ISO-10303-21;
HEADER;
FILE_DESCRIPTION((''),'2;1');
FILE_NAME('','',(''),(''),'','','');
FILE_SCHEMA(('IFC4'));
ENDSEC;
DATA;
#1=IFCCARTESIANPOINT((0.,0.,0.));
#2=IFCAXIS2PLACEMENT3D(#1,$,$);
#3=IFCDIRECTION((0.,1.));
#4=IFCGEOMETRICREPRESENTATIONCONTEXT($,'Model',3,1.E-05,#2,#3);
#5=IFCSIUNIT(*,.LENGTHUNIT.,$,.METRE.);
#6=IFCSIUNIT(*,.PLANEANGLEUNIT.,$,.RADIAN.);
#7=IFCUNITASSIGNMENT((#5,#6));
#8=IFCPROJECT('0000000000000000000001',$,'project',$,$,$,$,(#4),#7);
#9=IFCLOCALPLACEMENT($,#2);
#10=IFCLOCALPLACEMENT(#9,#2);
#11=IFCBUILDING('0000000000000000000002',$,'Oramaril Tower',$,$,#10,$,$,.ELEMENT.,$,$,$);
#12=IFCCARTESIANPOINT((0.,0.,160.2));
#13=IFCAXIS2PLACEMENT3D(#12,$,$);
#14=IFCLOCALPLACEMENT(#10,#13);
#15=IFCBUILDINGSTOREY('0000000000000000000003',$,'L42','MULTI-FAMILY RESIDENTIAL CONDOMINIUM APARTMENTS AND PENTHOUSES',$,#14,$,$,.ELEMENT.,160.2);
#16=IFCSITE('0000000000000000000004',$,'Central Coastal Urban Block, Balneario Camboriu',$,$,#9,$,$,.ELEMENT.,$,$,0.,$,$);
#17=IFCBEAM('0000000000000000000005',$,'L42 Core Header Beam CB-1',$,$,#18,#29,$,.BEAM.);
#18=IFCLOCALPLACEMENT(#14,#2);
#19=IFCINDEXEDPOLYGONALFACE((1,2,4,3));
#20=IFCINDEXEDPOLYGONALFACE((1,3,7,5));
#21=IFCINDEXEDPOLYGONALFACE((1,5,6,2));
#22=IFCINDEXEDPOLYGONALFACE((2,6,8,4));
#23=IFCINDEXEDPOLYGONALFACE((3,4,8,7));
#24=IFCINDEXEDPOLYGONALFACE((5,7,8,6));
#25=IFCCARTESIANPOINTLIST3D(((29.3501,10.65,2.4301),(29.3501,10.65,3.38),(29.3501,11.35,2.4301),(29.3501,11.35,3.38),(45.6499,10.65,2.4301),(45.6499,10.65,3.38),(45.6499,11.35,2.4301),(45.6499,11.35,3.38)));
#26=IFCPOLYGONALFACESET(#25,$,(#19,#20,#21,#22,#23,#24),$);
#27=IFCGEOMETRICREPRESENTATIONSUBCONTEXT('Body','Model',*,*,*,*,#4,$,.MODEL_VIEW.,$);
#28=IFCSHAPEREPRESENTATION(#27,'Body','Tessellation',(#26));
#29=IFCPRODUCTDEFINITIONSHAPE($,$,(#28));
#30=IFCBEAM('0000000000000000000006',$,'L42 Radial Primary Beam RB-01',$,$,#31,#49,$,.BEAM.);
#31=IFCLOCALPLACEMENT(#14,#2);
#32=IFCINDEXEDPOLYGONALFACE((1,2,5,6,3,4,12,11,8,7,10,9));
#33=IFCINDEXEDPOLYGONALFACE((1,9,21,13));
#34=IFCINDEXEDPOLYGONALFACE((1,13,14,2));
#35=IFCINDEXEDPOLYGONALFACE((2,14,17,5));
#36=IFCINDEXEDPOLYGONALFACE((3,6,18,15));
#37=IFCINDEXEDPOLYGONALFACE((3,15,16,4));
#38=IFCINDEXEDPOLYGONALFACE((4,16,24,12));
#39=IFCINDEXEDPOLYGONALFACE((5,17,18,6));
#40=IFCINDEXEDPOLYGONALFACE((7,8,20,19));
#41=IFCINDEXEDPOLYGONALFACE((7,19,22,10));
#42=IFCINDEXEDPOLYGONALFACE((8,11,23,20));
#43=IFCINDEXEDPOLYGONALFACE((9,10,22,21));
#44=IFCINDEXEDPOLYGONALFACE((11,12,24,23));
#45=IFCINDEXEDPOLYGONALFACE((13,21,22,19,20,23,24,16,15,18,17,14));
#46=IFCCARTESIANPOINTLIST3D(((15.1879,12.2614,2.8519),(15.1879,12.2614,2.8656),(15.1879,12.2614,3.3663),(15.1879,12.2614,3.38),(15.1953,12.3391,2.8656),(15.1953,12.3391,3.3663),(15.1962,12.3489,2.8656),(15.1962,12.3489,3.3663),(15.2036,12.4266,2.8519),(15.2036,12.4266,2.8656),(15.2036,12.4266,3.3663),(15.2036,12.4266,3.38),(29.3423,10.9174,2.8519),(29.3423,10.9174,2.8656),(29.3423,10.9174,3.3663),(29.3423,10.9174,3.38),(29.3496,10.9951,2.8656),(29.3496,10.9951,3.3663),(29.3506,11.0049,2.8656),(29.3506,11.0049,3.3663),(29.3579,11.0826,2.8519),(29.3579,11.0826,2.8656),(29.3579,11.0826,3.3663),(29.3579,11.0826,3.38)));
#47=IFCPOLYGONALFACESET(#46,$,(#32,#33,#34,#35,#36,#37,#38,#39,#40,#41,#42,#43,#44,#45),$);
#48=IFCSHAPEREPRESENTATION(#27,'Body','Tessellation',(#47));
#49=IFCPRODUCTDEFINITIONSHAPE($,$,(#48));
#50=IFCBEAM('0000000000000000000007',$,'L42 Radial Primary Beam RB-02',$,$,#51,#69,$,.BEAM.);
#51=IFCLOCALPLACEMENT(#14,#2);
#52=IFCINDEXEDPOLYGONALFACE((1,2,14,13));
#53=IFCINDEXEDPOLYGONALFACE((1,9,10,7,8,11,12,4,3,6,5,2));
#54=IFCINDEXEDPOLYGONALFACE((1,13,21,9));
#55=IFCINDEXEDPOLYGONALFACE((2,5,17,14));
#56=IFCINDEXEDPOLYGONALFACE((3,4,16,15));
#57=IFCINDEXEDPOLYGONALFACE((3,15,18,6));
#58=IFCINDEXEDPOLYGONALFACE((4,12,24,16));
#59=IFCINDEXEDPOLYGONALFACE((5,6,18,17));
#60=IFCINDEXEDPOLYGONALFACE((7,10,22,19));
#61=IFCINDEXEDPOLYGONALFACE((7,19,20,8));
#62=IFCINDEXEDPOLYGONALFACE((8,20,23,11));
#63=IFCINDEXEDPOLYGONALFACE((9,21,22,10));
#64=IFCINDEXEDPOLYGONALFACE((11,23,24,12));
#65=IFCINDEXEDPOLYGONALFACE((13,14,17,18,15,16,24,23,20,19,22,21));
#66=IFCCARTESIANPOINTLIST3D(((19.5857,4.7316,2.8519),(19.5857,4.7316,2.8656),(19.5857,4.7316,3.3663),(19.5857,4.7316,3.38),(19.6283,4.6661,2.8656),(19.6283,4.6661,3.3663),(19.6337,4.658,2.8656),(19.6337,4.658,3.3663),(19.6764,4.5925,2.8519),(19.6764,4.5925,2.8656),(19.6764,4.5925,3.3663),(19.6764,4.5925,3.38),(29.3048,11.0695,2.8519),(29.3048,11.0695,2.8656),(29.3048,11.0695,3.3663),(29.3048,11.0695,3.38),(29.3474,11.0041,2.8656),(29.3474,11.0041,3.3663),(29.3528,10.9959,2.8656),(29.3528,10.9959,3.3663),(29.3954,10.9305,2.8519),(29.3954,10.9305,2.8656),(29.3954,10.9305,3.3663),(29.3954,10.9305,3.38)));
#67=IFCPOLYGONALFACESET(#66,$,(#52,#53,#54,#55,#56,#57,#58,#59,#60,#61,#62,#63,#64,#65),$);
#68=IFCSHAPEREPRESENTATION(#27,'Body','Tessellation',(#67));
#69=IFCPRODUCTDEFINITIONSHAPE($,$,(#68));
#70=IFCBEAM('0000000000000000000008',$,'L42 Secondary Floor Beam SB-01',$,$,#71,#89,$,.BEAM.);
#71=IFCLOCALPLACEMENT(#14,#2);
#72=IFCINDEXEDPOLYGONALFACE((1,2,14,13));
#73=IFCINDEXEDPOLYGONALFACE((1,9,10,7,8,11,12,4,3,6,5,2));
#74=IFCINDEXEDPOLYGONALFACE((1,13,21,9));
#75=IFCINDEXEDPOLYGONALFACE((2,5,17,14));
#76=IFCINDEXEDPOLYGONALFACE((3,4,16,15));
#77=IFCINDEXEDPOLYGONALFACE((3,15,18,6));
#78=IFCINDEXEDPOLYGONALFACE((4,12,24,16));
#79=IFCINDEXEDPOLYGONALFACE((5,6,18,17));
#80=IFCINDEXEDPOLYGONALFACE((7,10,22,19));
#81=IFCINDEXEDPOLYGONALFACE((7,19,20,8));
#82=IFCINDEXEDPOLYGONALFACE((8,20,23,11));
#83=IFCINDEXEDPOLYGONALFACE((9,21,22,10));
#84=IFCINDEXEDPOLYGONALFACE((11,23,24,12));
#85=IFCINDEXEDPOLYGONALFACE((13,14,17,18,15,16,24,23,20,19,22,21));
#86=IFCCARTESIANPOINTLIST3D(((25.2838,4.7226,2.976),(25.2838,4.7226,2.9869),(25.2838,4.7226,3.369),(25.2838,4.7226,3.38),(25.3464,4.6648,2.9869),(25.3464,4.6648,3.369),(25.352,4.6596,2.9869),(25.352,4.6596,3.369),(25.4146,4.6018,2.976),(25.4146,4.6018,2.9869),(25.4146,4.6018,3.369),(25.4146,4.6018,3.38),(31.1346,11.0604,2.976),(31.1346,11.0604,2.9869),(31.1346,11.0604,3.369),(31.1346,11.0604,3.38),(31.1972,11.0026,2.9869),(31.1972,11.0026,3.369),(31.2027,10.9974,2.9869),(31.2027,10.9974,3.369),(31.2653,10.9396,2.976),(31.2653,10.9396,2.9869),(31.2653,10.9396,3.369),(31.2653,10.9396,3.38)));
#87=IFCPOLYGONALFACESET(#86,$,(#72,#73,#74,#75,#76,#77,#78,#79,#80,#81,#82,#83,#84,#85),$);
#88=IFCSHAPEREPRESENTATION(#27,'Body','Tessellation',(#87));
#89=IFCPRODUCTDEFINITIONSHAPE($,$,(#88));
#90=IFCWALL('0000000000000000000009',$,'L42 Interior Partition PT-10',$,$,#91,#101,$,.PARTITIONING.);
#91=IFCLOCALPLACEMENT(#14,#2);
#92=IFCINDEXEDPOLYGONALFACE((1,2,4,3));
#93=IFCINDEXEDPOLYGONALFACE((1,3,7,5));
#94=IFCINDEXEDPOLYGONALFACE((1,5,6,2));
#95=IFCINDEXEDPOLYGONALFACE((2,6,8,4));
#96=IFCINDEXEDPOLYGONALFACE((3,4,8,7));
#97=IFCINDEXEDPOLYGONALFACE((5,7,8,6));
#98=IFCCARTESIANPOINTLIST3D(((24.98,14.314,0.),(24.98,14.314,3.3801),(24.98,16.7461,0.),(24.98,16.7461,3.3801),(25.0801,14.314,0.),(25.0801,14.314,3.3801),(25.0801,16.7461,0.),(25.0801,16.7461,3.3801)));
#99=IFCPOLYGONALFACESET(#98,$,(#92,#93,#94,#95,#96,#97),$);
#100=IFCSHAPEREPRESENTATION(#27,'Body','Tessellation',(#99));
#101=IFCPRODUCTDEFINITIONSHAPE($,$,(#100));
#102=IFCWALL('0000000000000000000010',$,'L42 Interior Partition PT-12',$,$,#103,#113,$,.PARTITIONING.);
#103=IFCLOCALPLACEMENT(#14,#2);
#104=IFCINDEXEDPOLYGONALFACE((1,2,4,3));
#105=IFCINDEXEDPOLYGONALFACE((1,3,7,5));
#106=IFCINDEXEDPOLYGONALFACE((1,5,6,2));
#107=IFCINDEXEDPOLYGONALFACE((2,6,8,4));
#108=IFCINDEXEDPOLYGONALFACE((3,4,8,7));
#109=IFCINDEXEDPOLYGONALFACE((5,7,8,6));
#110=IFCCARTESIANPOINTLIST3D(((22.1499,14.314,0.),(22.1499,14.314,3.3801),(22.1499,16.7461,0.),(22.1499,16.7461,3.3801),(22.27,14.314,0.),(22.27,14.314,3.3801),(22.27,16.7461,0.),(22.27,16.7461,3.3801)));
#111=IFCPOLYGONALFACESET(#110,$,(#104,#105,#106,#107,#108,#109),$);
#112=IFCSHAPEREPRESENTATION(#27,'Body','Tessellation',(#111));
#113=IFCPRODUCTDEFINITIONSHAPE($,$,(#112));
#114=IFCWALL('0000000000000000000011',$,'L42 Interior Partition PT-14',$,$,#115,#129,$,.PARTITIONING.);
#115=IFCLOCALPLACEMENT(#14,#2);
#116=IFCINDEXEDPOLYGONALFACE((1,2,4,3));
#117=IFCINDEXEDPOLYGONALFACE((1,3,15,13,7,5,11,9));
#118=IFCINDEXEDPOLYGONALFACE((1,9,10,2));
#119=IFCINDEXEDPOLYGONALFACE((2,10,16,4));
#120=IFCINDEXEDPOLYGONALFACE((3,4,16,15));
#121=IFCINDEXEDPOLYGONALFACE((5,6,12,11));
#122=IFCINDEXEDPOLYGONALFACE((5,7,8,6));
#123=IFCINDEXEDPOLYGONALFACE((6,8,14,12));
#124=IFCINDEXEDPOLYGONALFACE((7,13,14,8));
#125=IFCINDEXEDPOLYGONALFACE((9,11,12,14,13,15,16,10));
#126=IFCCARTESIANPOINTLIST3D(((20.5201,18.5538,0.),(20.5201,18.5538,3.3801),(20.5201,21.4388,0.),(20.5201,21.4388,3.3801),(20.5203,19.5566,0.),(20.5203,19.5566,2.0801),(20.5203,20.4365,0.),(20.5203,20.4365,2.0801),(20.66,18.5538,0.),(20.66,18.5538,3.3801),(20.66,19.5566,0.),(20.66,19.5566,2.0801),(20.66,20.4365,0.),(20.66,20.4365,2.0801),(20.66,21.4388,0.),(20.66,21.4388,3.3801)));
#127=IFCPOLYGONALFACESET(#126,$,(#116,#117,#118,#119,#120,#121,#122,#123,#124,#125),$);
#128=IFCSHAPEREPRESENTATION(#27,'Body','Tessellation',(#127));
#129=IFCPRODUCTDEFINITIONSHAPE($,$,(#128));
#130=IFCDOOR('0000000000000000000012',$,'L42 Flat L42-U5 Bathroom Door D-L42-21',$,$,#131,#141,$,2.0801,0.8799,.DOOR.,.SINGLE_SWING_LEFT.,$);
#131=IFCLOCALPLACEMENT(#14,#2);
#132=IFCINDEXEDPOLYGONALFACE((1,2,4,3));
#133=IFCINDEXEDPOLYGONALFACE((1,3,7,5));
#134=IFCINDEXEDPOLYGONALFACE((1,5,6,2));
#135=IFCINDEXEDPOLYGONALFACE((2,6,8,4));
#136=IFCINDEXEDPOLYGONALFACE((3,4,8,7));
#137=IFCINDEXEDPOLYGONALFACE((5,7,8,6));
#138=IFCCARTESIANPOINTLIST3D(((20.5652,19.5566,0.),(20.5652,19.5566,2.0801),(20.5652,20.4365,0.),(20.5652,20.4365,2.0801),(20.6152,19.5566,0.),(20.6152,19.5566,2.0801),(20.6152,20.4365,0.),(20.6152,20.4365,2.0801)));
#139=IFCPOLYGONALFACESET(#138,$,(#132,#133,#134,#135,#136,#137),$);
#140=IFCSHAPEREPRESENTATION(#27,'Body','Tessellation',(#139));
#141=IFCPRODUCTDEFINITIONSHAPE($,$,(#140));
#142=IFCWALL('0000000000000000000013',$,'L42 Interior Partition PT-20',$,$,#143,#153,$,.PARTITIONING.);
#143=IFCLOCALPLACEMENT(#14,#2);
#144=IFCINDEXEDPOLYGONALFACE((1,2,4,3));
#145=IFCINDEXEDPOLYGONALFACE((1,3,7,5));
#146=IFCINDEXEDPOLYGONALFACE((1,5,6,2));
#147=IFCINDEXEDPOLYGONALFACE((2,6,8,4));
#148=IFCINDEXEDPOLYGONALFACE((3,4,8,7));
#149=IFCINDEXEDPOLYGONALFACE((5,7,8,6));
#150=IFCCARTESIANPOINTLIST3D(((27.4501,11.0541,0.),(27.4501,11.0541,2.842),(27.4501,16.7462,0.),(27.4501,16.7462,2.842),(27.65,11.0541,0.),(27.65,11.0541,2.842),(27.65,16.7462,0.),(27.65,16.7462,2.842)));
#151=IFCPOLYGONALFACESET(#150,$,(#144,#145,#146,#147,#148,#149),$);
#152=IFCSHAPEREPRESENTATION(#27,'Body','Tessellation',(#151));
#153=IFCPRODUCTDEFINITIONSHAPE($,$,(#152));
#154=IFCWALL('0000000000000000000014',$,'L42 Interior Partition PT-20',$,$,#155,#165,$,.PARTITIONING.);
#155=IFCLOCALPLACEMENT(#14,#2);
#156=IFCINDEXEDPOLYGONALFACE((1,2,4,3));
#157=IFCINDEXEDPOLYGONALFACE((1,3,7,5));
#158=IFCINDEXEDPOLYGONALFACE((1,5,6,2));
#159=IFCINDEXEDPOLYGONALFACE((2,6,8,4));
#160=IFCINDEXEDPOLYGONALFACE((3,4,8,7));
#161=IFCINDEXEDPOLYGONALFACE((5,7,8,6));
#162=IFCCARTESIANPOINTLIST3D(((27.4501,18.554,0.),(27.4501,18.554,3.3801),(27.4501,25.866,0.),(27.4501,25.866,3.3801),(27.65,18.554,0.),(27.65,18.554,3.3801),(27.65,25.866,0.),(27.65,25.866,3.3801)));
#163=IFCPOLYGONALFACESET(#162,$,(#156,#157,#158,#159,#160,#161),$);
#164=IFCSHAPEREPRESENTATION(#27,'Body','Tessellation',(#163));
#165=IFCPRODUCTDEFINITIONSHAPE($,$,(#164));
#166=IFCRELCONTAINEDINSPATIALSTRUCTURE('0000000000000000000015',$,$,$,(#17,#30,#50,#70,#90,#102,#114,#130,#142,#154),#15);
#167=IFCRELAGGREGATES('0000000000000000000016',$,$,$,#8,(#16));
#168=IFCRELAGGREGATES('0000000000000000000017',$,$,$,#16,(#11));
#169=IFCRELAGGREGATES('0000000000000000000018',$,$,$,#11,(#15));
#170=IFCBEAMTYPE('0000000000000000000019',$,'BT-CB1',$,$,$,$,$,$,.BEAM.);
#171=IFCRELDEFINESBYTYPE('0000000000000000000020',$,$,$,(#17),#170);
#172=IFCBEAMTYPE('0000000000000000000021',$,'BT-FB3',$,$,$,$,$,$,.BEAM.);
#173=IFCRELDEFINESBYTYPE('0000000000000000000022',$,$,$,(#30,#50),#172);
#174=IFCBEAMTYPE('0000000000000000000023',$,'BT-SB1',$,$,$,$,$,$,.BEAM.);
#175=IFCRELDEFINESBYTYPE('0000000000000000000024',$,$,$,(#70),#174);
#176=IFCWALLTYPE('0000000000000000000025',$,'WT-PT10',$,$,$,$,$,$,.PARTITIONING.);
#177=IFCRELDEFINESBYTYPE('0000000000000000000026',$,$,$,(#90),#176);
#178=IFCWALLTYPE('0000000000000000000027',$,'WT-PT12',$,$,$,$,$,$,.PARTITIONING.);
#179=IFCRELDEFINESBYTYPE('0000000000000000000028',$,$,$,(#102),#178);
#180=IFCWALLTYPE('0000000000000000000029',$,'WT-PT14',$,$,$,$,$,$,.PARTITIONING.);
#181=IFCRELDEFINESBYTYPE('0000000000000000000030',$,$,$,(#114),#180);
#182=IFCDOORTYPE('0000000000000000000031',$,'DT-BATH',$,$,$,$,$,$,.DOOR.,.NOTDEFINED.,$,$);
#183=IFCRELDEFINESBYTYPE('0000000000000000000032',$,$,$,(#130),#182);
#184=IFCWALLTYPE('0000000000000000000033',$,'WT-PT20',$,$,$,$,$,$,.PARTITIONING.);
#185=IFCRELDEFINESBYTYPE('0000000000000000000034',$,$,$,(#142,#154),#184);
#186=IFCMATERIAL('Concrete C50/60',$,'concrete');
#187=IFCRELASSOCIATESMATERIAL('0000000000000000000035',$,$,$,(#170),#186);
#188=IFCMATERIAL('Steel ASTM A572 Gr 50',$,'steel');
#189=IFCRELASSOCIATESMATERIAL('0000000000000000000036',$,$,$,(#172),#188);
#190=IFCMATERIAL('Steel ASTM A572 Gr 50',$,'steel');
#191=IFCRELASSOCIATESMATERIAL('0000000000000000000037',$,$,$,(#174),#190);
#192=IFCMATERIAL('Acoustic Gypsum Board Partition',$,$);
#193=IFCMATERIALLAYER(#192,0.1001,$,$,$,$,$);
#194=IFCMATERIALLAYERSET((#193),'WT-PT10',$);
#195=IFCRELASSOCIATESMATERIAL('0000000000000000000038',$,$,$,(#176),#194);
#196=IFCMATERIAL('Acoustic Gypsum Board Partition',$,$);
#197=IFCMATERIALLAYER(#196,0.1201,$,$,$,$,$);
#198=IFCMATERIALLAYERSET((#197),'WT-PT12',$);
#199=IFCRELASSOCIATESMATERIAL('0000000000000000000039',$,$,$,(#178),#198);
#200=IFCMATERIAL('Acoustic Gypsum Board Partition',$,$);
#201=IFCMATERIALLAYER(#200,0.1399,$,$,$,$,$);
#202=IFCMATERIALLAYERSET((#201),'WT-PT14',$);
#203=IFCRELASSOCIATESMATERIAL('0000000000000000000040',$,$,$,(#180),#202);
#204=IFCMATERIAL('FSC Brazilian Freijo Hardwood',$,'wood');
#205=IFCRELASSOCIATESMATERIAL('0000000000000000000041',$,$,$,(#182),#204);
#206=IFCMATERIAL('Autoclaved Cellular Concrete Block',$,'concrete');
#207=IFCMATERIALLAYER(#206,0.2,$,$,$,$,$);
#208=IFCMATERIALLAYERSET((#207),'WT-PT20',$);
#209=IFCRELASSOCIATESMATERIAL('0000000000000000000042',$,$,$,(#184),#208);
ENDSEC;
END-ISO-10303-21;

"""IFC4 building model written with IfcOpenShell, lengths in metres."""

from ifc_helpers import new_model, si_unit, direction, frame, frame_2d, origin, origin_2d, place, context, subcontext, project, spatial, rectangle, i_section, extrude, material, layer, layer_set, material_profile, profile_set, type_object, element, fill, save


model = new_model("IFC4")

# Units and contexts
model_context = context("Model", 3, precision=1e-05, world=origin(), true_north=direction((0.0, 1.0)))
body_context = subcontext(model_context, "Body", "Model", "MODEL_VIEW")
ifc_project = project(units=[si_unit("LENGTHUNIT", "METRE"), si_unit("PLANEANGLEUNIT", "RADIAN")], contexts=[model_context])

# Site, building, storey
site_placement = place(None, origin())
site = spatial("IfcSite", under=ifc_project, at=site_placement, Name="Central Coastal Urban Block, Balneario Camboriu", CompositionType="ELEMENT", RefElevation=0.0)
building_placement = place(site_placement, origin())
building = spatial("IfcBuilding", under=site, at=building_placement, Name="Oramaril Tower", CompositionType="ELEMENT")
storey_placement = place(building_placement, frame((0.0, 0.0, 160.2)))
storey = spatial("IfcBuildingStorey", under=building, at=storey_placement, Name="L42", Description="MULTI-FAMILY RESIDENTIAL CONDOMINIUM APARTMENTS AND PENTHOUSES", CompositionType="ELEMENT", Elevation=160.2)

# Beams
ifc_material_1 = material(Name="Concrete C50/60", Category="concrete")
ifc_material_profile_1 = material_profile(ifc_material_1, rectangle(XDim=0.7, YDim=0.95, at=origin_2d()), Name="CB700X950")
ifc_profile_set_1 = profile_set([ifc_material_profile_1], Name="Concrete C50/60")
beam_type_1 = type_object("IfcBeamType", Name="BT-CB1", PredefinedType="BEAM", material=ifc_profile_set_1)
beam_1_placement = place(storey_placement, frame((29.3501, 11.0, 2.905), z_axis=(1.0, 0.0, 0.0), x_axis=(0.0, 1.0, 0.0)))
element("IfcBeam", 1, at=beam_1_placement, inside=storey, type_object=beam_type_1, Name="L42 Core Header Beam CB-1", PredefinedType="BEAM", context=body_context, shape_type="SweptSolid", body=[
    extrude(rectangle(XDim=0.7, YDim=0.95, at=origin_2d()), origin(), (0.0, 0.0, 1.0), 16.2998),
])
ifc_material_2 = material(Name="Steel ASTM A572 Gr 50", Category="steel")
ifc_material_profile_2 = material_profile(ifc_material_2, i_section(OverallWidth=0.166, OverallDepth=0.5281, WebThickness=0.0098, FlangeThickness=0.0137, at=origin_2d()), Name="W21X50")
ifc_profile_set_2 = profile_set([ifc_material_profile_2], Name="Steel ASTM A572 Gr 50")
beam_type_2 = type_object("IfcBeamType", Name="BT-FB3", PredefinedType="BEAM", material=ifc_profile_set_2)
beam_2_placement = place(storey_placement, frame((29.3501, 11.0, 3.116), z_axis=(-0.995522, 0.094528, 0.0), x_axis=(-0.094528, -0.995522, 0.0)))
element("IfcBeam", 2, at=beam_2_placement, inside=storey, type_object=beam_type_2, Name="L42 Radial Primary Beam RB-01", PredefinedType="BEAM", context=body_context, shape_type="SweptSolid", body=[
    extrude(i_section(OverallWidth=0.166, OverallDepth=0.5281, WebThickness=0.0098, FlangeThickness=0.0137, at=origin_2d()), origin(), (0.0, 0.0, 1.0), 14.218),
])
beam_3_placement = place(storey_placement, frame((29.3501, 11.0, 3.116), z_axis=(-0.837634, -0.546232, 0.0), x_axis=(0.546232, -0.837634, 0.0)))
element("IfcBeam", 3, at=beam_3_placement, inside=storey, type_object=beam_type_2, Name="L42 Radial Primary Beam RB-02", PredefinedType="BEAM", context=body_context, shape_type="SweptSolid", body=[
    extrude(i_section(OverallWidth=0.166, OverallDepth=0.5281, WebThickness=0.0098, FlangeThickness=0.0137, at=origin_2d()), origin(), (0.0, 0.0, 1.0), 11.603),
])
ifc_material_3 = material(Name="Steel ASTM A572 Gr 50", Category="steel")
ifc_material_profile_3 = material_profile(ifc_material_3, i_section(OverallWidth=0.178, OverallDepth=0.4041, WebThickness=0.0076, FlangeThickness=0.011, at=origin_2d()), Name="W16X36")
ifc_profile_set_3 = profile_set([ifc_material_profile_3], Name="Steel ASTM A572 Gr 50")
beam_type_3 = type_object("IfcBeamType", Name="BT-SB1", PredefinedType="BEAM", material=ifc_profile_set_3)
beam_4_placement = place(storey_placement, frame((31.2, 11.0, 3.178), z_axis=(-0.678309, -0.734776, 0.0), x_axis=(0.734776, -0.678309, 0.0)))
element("IfcBeam", 4, at=beam_4_placement, inside=storey, type_object=beam_type_3, Name="L42 Secondary Floor Beam SB-01", PredefinedType="BEAM", context=body_context, shape_type="SweptSolid", body=[
    extrude(i_section(OverallWidth=0.178, OverallDepth=0.4041, WebThickness=0.0076, FlangeThickness=0.011, at=origin_2d()), origin(), (0.0, 0.0, 1.0), 8.6255),
])

# Walls
ifc_material_4 = material(Name="Acoustic Gypsum Board Partition")
ifc_layer_1 = layer(ifc_material_4, 0.1001)
ifc_layer_set_1 = layer_set([ifc_layer_1], Name="WT-PT10")
wall_type_1 = type_object("IfcWallType", Name="WT-PT10", PredefinedType="PARTITIONING", material=ifc_layer_set_1)
wall_1_placement = place(storey_placement, frame((25.03, 14.314, 0.0), z_axis=(0.0, 0.0, 1.0), x_axis=(0.0, 1.0, 0.0)))
element("IfcWall", 5, at=wall_1_placement, inside=storey, type_object=wall_type_1, Name="L42 Interior Partition PT-10", PredefinedType="PARTITIONING", context=body_context, shape_type="SweptSolid", body=[
    extrude(rectangle(XDim=2.4321, YDim=0.1001, at=frame_2d((1.2161, 0.0))), origin(), (0.0, 0.0, 1.0), 3.3801),
])
ifc_material_5 = material(Name="Acoustic Gypsum Board Partition")
ifc_layer_2 = layer(ifc_material_5, 0.1201)
ifc_layer_set_2 = layer_set([ifc_layer_2], Name="WT-PT12")
wall_type_2 = type_object("IfcWallType", Name="WT-PT12", PredefinedType="PARTITIONING", material=ifc_layer_set_2)
wall_2_placement = place(storey_placement, frame((22.21, 14.314, 0.0), z_axis=(0.0, 0.0, 1.0), x_axis=(0.0, 1.0, 0.0)))
element("IfcWall", 6, at=wall_2_placement, inside=storey, type_object=wall_type_2, Name="L42 Interior Partition PT-12", PredefinedType="PARTITIONING", context=body_context, shape_type="SweptSolid", body=[
    extrude(rectangle(XDim=2.4321, YDim=0.1201, at=frame_2d((1.2161, 0.0))), origin(), (0.0, 0.0, 1.0), 3.3801),
])

# Wall, opening, door
ifc_material_6 = material(Name="Acoustic Gypsum Board Partition")
ifc_layer_3 = layer(ifc_material_6, 0.1399)
ifc_layer_set_3 = layer_set([ifc_layer_3], Name="WT-PT14")
wall_type_3 = type_object("IfcWallType", Name="WT-PT14", PredefinedType="PARTITIONING", material=ifc_layer_set_3)
wall_3_placement = place(storey_placement, frame((20.5901, 18.554, 0.0), z_axis=(0.0, 0.0, 1.0), x_axis=(0.0, 1.0, 0.0)))
wall_3 = element("IfcWall", 7, at=wall_3_placement, inside=storey, type_object=wall_type_3, Name="L42 Interior Partition PT-14", PredefinedType="PARTITIONING", context=body_context, shape_type="SweptSolid", body=[
    extrude(rectangle(XDim=2.885, YDim=0.1399, at=frame_2d((1.4424, 0.0))), origin(), (0.0, 0.0, 1.0), 3.3801),
])
opening_1_placement = place(wall_3_placement, frame((1.0027, 0.0, 0.0)))
opening_1 = element("IfcOpeningElement", 8, at=opening_1_placement, cuts=wall_3, PredefinedType="OPENING", context=body_context, shape_type="SweptSolid", body=[
    extrude(rectangle(XDim=0.8799, YDim=2.0801, at=frame_2d((0.4399, 1.04))), frame((0.0, 0.0698, 0.0), z_axis=(0.0, -1.0, 0.0), x_axis=(1.0, 0.0, 0.0)), (0.0, 0.0, 1.0), 0.1399),
])
ifc_material_7 = material(Name="FSC Brazilian Freijo Hardwood", Category="wood")
door_type_1 = type_object("IfcDoorType", Name="DT-BATH", OperationType="NOTDEFINED", PredefinedType="DOOR", material=ifc_material_7)
door_1_placement = place(opening_1_placement, origin())
door_1 = element("IfcDoor", 9, at=door_1_placement, inside=storey, type_object=door_type_1, Name="L42 Flat L42-U5 Bathroom Door D-L42-21", OperationType="SINGLE_SWING_LEFT", OverallHeight=2.0801, OverallWidth=0.8799, PredefinedType="DOOR", context=body_context, shape_type="SweptSolid", body=[
    extrude(rectangle(XDim=0.8799, YDim=2.0801, at=frame_2d((0.4399, 1.04))), frame((0.0, 0.0249, 0.0), z_axis=(0.0, -1.0, 0.0), x_axis=(1.0, 0.0, 0.0)), (0.0, 0.0, 1.0), 0.05),
])
fill(opening_1, door_1)

# Walls
ifc_material_8 = material(Name="Autoclaved Cellular Concrete Block", Category="concrete")
ifc_layer_4 = layer(ifc_material_8, 0.2)
ifc_layer_set_4 = layer_set([ifc_layer_4], Name="WT-PT20")
wall_type_4 = type_object("IfcWallType", Name="WT-PT20", PredefinedType="PARTITIONING", material=ifc_layer_set_4)
wall_4_placement = place(storey_placement, frame((27.55, 11.054, 0.0), z_axis=(0.0, 0.0, 1.0), x_axis=(0.0, 1.0, 0.0)))
element("IfcWall", 10, at=wall_4_placement, inside=storey, type_object=wall_type_4, Name="L42 Interior Partition PT-20", PredefinedType="PARTITIONING", context=body_context, shape_type="SweptSolid", body=[
    extrude(rectangle(XDim=5.6921, YDim=0.2, at=frame_2d((2.8462, 0.0))), origin(), (0.0, 0.0, 1.0), 2.842),
])
wall_5_placement = place(storey_placement, frame((27.55, 18.554, 0.0), z_axis=(0.0, 0.0, 1.0), x_axis=(0.0, 1.0, 0.0)))
element("IfcWall", 11, at=wall_5_placement, inside=storey, type_object=wall_type_4, Name="L42 Interior Partition PT-20", PredefinedType="PARTITIONING", context=body_context, shape_type="SweptSolid", body=[
    extrude(rectangle(XDim=7.312, YDim=0.2, at=frame_2d((3.656, 0.0))), origin(), (0.0, 0.0, 1.0), 3.3801),
])

save(model, "model.ifc")
